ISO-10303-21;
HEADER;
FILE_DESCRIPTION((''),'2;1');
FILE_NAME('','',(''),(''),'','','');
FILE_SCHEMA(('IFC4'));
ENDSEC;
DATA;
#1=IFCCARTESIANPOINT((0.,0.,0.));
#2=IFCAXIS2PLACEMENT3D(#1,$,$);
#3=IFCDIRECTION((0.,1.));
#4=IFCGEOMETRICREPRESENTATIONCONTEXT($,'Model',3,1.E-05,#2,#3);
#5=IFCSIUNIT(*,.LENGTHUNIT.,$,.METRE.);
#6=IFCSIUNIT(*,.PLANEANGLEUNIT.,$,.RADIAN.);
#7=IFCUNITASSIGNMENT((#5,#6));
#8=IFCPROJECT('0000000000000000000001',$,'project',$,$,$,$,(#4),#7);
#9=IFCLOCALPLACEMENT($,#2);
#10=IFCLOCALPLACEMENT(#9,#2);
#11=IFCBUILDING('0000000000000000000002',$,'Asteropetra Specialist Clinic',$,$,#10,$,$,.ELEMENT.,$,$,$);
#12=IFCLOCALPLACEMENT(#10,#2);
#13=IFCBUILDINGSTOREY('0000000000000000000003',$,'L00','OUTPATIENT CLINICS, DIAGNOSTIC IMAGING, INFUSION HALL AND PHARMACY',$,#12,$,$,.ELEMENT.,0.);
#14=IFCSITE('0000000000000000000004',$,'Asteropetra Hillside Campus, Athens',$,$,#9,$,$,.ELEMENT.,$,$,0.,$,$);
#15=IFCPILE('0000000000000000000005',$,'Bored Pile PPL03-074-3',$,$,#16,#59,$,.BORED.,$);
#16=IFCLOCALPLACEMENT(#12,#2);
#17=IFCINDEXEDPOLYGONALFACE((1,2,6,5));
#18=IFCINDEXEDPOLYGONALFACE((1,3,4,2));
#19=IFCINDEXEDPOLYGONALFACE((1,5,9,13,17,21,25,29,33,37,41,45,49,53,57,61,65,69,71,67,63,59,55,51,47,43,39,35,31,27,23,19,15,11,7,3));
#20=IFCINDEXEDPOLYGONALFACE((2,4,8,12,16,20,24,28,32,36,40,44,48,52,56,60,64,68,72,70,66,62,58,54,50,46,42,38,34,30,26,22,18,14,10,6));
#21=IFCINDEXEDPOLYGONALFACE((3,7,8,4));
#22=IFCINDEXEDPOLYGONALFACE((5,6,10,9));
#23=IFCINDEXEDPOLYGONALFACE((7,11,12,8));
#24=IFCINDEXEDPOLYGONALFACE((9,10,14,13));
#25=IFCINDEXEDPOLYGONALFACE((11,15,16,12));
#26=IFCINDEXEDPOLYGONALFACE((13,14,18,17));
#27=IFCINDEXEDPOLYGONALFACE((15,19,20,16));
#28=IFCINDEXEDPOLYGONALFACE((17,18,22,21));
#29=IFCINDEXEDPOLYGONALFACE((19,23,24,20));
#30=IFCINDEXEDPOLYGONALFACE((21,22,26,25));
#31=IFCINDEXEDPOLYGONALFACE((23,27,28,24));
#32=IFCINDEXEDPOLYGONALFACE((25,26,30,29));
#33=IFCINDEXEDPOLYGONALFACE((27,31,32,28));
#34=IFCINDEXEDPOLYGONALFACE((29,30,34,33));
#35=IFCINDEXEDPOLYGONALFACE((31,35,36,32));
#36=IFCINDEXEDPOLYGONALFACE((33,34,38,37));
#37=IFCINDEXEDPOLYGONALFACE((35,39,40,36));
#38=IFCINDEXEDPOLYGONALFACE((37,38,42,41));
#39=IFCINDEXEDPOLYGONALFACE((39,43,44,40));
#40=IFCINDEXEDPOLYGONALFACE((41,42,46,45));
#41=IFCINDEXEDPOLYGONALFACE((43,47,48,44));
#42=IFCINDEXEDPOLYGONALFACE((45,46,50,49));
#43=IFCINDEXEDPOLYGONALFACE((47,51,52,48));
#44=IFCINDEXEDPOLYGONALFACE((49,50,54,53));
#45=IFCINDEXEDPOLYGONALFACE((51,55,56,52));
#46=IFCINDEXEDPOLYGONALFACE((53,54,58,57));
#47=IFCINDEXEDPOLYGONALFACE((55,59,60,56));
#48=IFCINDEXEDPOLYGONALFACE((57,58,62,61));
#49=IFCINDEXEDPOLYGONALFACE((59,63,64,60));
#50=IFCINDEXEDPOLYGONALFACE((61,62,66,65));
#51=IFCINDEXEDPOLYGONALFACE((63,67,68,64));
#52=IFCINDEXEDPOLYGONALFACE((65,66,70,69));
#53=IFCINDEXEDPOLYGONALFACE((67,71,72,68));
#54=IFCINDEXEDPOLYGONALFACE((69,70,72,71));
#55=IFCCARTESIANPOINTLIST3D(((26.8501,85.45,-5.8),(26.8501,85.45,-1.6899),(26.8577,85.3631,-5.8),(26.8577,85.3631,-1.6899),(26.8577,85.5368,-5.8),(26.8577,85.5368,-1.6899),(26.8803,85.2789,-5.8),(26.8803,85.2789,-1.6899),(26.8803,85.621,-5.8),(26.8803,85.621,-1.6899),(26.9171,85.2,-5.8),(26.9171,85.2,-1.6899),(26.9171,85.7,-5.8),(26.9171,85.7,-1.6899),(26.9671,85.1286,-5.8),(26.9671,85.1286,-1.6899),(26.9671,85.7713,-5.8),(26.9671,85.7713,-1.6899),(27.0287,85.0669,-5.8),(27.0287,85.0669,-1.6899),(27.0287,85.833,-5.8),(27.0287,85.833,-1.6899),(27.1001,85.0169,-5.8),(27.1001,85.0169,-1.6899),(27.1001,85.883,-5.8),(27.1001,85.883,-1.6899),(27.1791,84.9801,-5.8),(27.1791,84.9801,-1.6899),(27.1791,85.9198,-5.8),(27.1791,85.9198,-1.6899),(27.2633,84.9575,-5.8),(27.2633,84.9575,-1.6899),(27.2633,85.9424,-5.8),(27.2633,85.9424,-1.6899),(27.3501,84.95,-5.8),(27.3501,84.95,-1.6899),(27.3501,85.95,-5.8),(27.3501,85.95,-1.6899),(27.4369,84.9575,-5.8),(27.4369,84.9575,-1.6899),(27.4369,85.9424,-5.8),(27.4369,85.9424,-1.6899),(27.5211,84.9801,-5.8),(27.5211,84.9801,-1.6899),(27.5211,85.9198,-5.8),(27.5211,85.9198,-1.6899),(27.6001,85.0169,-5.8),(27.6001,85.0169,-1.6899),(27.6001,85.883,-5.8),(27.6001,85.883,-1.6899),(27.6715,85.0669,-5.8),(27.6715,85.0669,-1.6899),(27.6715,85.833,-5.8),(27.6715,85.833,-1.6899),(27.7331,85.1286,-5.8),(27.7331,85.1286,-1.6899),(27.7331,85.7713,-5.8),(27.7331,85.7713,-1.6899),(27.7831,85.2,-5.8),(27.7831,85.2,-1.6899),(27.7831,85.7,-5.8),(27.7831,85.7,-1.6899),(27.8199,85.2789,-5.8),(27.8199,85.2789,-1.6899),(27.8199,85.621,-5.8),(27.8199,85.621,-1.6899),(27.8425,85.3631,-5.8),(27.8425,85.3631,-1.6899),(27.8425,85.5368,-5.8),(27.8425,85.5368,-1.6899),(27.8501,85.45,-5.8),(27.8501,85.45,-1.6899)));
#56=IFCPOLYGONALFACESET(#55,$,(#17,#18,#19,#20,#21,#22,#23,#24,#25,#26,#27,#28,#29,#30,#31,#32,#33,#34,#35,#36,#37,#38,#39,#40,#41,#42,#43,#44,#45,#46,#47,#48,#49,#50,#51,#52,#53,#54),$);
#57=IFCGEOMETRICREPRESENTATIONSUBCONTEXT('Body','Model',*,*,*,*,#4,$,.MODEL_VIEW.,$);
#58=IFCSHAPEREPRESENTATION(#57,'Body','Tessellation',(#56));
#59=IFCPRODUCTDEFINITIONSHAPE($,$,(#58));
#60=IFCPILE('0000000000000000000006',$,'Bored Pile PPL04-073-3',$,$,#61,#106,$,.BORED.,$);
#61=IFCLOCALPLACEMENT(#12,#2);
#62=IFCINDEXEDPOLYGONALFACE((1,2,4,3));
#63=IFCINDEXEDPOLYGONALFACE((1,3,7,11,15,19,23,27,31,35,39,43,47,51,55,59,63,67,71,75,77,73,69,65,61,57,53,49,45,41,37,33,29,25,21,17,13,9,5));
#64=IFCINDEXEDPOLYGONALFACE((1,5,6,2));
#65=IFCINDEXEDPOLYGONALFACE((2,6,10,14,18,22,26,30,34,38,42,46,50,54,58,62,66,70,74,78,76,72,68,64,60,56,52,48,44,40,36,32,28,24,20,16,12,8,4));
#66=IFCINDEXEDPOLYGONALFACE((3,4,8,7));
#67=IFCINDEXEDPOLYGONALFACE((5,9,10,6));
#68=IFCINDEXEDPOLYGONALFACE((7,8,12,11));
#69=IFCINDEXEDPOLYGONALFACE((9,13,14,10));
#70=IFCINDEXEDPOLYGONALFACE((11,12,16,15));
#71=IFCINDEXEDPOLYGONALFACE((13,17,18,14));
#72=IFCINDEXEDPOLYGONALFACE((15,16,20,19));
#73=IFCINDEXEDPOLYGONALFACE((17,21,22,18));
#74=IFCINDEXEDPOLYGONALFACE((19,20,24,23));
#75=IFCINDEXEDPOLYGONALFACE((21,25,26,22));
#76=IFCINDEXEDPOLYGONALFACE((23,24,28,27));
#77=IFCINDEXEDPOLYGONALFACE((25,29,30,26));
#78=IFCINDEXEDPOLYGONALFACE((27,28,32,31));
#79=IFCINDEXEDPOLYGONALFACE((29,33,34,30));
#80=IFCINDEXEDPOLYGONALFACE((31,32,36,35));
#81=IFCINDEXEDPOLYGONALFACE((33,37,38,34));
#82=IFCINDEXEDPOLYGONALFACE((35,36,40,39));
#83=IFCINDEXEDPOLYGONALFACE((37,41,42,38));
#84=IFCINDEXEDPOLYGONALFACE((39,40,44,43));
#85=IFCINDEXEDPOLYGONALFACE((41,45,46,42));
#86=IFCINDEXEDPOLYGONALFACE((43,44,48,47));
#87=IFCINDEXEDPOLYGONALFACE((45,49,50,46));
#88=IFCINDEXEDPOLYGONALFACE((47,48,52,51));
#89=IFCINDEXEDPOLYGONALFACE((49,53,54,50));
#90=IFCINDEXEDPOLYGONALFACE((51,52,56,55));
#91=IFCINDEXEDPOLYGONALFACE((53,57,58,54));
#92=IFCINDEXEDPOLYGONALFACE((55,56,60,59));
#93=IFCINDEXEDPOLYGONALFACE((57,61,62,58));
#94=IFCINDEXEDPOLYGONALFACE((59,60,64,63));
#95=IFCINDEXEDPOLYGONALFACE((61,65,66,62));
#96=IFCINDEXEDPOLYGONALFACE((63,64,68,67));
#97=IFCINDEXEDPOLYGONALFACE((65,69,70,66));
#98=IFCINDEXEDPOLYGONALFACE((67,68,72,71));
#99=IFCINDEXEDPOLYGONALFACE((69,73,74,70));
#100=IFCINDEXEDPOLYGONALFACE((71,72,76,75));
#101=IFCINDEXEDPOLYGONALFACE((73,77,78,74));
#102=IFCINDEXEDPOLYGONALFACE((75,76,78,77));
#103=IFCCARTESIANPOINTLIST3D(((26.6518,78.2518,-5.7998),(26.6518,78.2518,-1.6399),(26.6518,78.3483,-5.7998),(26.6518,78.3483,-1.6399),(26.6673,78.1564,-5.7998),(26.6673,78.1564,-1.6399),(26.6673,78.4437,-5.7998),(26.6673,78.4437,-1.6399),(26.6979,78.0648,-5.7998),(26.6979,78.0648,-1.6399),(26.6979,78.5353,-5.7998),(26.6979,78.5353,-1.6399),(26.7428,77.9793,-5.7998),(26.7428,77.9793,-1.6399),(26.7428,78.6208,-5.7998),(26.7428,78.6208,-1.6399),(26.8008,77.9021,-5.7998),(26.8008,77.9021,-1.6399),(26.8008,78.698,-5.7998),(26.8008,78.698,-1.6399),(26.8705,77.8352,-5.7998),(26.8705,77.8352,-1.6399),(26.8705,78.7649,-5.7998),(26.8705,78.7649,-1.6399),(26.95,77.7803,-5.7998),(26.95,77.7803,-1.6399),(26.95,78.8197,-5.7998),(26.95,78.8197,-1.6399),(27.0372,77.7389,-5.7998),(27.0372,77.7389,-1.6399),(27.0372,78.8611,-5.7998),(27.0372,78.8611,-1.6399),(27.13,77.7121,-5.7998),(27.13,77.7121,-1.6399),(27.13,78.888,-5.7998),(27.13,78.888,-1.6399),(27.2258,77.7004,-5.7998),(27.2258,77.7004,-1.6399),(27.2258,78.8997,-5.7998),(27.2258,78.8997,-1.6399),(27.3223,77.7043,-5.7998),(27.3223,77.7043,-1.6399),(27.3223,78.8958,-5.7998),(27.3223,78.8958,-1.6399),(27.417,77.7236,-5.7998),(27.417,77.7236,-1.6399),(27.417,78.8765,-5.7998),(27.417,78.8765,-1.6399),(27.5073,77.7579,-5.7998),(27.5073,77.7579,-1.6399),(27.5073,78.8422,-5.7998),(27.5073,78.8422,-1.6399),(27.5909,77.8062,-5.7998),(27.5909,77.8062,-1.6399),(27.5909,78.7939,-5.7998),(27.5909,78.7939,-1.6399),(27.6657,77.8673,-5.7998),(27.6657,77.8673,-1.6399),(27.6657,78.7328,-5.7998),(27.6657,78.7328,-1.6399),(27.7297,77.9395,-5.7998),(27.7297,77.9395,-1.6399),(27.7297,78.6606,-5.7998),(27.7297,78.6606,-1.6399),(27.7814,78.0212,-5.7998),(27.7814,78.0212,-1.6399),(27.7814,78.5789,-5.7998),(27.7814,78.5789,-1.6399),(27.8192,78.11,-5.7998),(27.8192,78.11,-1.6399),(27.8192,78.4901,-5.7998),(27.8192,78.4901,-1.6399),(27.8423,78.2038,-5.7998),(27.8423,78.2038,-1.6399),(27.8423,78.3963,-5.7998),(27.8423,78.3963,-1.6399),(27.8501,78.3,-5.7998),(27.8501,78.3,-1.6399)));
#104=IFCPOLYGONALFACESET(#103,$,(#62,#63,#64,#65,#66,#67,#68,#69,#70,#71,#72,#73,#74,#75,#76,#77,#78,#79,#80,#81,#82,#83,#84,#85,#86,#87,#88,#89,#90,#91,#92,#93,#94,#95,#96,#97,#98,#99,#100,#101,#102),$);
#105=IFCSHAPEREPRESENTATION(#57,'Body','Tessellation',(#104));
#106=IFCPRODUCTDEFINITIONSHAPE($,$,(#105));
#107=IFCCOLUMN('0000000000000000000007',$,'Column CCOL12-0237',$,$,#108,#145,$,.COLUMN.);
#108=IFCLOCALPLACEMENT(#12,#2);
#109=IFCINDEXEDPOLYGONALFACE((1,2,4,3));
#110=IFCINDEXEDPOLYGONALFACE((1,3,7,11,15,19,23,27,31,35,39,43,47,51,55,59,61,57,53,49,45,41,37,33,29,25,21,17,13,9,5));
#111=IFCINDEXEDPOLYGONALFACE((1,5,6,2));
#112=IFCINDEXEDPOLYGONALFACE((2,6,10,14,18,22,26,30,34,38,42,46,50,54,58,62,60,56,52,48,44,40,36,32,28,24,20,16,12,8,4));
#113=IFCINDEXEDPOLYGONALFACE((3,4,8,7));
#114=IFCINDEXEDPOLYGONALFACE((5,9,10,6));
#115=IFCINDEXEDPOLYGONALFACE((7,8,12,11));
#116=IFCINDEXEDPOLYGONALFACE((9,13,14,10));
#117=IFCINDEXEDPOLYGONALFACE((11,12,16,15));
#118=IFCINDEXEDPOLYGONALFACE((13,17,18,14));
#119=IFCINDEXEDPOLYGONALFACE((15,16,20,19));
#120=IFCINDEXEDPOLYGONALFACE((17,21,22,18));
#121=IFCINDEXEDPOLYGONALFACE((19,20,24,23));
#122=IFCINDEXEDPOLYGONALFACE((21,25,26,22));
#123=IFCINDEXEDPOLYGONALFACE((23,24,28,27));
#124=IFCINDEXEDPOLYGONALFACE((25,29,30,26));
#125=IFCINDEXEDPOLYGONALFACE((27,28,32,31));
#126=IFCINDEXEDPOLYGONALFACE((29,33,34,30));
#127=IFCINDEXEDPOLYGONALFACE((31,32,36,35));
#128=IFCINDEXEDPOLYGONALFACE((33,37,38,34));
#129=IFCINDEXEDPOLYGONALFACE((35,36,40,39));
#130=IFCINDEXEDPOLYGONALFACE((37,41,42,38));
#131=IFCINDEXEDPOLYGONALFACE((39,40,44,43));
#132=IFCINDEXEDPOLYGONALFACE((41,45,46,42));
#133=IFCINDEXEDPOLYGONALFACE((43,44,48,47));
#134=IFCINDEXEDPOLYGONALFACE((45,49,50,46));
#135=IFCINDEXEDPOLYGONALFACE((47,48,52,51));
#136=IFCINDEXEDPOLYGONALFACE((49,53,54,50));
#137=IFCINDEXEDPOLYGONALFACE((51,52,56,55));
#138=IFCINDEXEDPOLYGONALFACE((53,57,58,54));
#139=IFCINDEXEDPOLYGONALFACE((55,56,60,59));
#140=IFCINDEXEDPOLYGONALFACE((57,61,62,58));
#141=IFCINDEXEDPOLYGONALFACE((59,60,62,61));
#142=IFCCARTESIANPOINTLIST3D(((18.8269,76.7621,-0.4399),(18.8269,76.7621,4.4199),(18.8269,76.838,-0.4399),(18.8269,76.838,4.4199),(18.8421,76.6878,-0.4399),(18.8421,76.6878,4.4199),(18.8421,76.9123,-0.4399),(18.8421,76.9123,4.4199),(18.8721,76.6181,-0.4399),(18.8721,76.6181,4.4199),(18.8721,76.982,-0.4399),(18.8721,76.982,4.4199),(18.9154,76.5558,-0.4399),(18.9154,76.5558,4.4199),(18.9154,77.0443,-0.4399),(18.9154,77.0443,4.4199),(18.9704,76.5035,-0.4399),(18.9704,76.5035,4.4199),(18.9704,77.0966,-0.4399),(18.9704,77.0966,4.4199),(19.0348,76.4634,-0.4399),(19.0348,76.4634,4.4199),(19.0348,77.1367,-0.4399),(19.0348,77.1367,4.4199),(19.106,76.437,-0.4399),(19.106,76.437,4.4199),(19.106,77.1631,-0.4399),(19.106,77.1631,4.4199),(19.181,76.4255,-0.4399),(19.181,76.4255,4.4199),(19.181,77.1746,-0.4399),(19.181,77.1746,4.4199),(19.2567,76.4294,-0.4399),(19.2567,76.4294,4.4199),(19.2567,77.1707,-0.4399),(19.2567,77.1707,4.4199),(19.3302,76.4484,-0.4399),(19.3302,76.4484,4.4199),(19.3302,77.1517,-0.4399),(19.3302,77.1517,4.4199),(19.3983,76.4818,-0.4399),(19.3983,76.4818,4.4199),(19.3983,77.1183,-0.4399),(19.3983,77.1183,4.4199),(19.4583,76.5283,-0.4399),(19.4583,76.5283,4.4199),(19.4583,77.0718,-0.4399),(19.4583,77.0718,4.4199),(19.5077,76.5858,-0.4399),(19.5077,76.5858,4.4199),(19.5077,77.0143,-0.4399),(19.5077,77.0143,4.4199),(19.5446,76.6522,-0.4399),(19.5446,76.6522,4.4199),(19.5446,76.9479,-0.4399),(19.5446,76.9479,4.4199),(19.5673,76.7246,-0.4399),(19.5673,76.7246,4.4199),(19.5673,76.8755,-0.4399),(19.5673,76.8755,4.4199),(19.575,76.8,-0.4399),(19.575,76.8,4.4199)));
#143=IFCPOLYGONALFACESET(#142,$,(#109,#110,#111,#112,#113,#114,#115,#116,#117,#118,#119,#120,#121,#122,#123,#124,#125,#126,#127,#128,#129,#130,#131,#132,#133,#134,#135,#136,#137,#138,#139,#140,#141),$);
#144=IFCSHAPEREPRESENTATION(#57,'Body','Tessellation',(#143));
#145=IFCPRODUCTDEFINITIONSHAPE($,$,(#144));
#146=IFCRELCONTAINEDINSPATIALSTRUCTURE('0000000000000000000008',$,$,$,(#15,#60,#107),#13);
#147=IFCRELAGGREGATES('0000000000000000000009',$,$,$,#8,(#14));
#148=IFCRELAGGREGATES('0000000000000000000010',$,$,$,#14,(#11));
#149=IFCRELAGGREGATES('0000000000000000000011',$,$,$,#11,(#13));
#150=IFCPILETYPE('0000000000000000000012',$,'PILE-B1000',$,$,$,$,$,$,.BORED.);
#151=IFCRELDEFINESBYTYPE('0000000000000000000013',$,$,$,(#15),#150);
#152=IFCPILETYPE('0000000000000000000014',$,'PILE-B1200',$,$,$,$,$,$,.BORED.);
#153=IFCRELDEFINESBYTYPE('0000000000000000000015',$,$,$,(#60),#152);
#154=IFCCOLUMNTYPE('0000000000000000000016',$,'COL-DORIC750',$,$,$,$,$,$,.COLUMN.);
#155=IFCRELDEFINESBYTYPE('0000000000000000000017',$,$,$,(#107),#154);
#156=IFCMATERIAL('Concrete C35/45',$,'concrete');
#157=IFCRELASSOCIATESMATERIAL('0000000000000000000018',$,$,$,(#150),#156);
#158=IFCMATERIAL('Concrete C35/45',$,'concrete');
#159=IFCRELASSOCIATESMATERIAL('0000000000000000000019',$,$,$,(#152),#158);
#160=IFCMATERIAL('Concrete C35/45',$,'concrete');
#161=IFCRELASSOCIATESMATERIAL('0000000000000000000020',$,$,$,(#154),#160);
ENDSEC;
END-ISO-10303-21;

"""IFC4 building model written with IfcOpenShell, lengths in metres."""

from ifc_helpers import new_model, si_unit, direction, frame, origin, origin_2d, place, context, subcontext, project, spatial, circle, extrude, material, material_profile, profile_set, type_object, element, save


model = new_model("IFC4")

# Units and contexts
model_context = context("Model", 3, precision=1e-05, world=origin(), true_north=direction((0.0, 1.0)))
body_context = subcontext(model_context, "Body", "Model", "MODEL_VIEW")
ifc_project = project(units=[si_unit("LENGTHUNIT", "METRE"), si_unit("PLANEANGLEUNIT", "RADIAN")], contexts=[model_context])

# Site, building, storey
site_placement = place(None, origin())
site = spatial("IfcSite", under=ifc_project, at=site_placement, Name="Asteropetra Hillside Campus, Athens", CompositionType="ELEMENT", RefElevation=0.0)
building_placement = place(site_placement, origin())
building = spatial("IfcBuilding", under=site, at=building_placement, Name="Asteropetra Specialist Clinic", CompositionType="ELEMENT")
storey_placement = place(building_placement, origin())
storey = spatial("IfcBuildingStorey", under=building, at=storey_placement, Name="L00", Description="OUTPATIENT CLINICS, DIAGNOSTIC IMAGING, INFUSION HALL AND PHARMACY", CompositionType="ELEMENT", Elevation=0.0)

# Piles
ifc_material_1 = material(Name="Concrete C35/45", Category="concrete")
ifc_material_profile_1 = material_profile(ifc_material_1, circle(Radius=0.5, at=origin_2d()), Name="PILE D1000")
ifc_profile_set_1 = profile_set([ifc_material_profile_1], Name="Concrete C35/45")
pile_type_1 = type_object("IfcPileType", Name="PILE-B1000", PredefinedType="BORED", material=ifc_profile_set_1)
for number, where, z_axis, x_axis, name in (
    (1, (27.3501, 85.45, -1.6899), (0.0, 0.0, -1.0), (1.0, 0.0, 0.0), "Bored Pile PPL03-074-3"),
):
    element("IfcPile", number, at=place(storey_placement, frame(where, z_axis=z_axis, x_axis=x_axis)), inside=storey, type_object=pile_type_1, Name=name, PredefinedType="BORED", context=body_context, shape_type="SweptSolid", body=[
        extrude(circle(Radius=0.5, at=origin_2d()), origin(), (0.0, 0.0, 1.0), 4.1101),
    ])
ifc_material_2 = material(Name="Concrete C35/45", Category="concrete")
ifc_material_profile_2 = material_profile(ifc_material_2, circle(Radius=0.6001, at=origin_2d()), Name="PILE D1200")
ifc_profile_set_2 = profile_set([ifc_material_profile_2], Name="Concrete C35/45")
pile_type_2 = type_object("IfcPileType", Name="PILE-B1200", PredefinedType="BORED", material=ifc_profile_set_2)
pile_placement = place(storey_placement, frame((27.25, 78.3, -1.6399), z_axis=(0.0, 0.0, -1.0), x_axis=(1.0, 0.0, 0.0)))
element("IfcPile", 2, at=pile_placement, inside=storey, type_object=pile_type_2, Name="Bored Pile PPL04-073-3", PredefinedType="BORED", context=body_context, shape_type="SweptSolid", body=[
    extrude(circle(Radius=0.6001, at=origin_2d()), origin(), (0.0, 0.0, 1.0), 4.1599),
])

# Column
ifc_material_3 = material(Name="Concrete C35/45", Category="concrete")
ifc_material_profile_3 = material_profile(ifc_material_3, circle(Radius=0.375, at=origin_2d()), Name="RCC D750")
ifc_profile_set_3 = profile_set([ifc_material_profile_3], Name="Concrete C35/45")
column_type = type_object("IfcColumnType", Name="COL-DORIC750", PredefinedType="COLUMN", material=ifc_profile_set_3)
column_placement = place(storey_placement, frame((19.2, 76.8, -0.4399), z_axis=(0.0, 0.0, 1.0), x_axis=(1.0, 0.0, 0.0)))
element("IfcColumn", 3, at=column_placement, inside=storey, type_object=column_type, Name="Column CCOL12-0237", PredefinedType="COLUMN", context=body_context, shape_type="SweptSolid", body=[
    extrude(circle(Radius=0.375, at=origin_2d()), origin(), (0.0, 0.0, 1.0), 4.8599),
])

save(model, "model.ifc")
